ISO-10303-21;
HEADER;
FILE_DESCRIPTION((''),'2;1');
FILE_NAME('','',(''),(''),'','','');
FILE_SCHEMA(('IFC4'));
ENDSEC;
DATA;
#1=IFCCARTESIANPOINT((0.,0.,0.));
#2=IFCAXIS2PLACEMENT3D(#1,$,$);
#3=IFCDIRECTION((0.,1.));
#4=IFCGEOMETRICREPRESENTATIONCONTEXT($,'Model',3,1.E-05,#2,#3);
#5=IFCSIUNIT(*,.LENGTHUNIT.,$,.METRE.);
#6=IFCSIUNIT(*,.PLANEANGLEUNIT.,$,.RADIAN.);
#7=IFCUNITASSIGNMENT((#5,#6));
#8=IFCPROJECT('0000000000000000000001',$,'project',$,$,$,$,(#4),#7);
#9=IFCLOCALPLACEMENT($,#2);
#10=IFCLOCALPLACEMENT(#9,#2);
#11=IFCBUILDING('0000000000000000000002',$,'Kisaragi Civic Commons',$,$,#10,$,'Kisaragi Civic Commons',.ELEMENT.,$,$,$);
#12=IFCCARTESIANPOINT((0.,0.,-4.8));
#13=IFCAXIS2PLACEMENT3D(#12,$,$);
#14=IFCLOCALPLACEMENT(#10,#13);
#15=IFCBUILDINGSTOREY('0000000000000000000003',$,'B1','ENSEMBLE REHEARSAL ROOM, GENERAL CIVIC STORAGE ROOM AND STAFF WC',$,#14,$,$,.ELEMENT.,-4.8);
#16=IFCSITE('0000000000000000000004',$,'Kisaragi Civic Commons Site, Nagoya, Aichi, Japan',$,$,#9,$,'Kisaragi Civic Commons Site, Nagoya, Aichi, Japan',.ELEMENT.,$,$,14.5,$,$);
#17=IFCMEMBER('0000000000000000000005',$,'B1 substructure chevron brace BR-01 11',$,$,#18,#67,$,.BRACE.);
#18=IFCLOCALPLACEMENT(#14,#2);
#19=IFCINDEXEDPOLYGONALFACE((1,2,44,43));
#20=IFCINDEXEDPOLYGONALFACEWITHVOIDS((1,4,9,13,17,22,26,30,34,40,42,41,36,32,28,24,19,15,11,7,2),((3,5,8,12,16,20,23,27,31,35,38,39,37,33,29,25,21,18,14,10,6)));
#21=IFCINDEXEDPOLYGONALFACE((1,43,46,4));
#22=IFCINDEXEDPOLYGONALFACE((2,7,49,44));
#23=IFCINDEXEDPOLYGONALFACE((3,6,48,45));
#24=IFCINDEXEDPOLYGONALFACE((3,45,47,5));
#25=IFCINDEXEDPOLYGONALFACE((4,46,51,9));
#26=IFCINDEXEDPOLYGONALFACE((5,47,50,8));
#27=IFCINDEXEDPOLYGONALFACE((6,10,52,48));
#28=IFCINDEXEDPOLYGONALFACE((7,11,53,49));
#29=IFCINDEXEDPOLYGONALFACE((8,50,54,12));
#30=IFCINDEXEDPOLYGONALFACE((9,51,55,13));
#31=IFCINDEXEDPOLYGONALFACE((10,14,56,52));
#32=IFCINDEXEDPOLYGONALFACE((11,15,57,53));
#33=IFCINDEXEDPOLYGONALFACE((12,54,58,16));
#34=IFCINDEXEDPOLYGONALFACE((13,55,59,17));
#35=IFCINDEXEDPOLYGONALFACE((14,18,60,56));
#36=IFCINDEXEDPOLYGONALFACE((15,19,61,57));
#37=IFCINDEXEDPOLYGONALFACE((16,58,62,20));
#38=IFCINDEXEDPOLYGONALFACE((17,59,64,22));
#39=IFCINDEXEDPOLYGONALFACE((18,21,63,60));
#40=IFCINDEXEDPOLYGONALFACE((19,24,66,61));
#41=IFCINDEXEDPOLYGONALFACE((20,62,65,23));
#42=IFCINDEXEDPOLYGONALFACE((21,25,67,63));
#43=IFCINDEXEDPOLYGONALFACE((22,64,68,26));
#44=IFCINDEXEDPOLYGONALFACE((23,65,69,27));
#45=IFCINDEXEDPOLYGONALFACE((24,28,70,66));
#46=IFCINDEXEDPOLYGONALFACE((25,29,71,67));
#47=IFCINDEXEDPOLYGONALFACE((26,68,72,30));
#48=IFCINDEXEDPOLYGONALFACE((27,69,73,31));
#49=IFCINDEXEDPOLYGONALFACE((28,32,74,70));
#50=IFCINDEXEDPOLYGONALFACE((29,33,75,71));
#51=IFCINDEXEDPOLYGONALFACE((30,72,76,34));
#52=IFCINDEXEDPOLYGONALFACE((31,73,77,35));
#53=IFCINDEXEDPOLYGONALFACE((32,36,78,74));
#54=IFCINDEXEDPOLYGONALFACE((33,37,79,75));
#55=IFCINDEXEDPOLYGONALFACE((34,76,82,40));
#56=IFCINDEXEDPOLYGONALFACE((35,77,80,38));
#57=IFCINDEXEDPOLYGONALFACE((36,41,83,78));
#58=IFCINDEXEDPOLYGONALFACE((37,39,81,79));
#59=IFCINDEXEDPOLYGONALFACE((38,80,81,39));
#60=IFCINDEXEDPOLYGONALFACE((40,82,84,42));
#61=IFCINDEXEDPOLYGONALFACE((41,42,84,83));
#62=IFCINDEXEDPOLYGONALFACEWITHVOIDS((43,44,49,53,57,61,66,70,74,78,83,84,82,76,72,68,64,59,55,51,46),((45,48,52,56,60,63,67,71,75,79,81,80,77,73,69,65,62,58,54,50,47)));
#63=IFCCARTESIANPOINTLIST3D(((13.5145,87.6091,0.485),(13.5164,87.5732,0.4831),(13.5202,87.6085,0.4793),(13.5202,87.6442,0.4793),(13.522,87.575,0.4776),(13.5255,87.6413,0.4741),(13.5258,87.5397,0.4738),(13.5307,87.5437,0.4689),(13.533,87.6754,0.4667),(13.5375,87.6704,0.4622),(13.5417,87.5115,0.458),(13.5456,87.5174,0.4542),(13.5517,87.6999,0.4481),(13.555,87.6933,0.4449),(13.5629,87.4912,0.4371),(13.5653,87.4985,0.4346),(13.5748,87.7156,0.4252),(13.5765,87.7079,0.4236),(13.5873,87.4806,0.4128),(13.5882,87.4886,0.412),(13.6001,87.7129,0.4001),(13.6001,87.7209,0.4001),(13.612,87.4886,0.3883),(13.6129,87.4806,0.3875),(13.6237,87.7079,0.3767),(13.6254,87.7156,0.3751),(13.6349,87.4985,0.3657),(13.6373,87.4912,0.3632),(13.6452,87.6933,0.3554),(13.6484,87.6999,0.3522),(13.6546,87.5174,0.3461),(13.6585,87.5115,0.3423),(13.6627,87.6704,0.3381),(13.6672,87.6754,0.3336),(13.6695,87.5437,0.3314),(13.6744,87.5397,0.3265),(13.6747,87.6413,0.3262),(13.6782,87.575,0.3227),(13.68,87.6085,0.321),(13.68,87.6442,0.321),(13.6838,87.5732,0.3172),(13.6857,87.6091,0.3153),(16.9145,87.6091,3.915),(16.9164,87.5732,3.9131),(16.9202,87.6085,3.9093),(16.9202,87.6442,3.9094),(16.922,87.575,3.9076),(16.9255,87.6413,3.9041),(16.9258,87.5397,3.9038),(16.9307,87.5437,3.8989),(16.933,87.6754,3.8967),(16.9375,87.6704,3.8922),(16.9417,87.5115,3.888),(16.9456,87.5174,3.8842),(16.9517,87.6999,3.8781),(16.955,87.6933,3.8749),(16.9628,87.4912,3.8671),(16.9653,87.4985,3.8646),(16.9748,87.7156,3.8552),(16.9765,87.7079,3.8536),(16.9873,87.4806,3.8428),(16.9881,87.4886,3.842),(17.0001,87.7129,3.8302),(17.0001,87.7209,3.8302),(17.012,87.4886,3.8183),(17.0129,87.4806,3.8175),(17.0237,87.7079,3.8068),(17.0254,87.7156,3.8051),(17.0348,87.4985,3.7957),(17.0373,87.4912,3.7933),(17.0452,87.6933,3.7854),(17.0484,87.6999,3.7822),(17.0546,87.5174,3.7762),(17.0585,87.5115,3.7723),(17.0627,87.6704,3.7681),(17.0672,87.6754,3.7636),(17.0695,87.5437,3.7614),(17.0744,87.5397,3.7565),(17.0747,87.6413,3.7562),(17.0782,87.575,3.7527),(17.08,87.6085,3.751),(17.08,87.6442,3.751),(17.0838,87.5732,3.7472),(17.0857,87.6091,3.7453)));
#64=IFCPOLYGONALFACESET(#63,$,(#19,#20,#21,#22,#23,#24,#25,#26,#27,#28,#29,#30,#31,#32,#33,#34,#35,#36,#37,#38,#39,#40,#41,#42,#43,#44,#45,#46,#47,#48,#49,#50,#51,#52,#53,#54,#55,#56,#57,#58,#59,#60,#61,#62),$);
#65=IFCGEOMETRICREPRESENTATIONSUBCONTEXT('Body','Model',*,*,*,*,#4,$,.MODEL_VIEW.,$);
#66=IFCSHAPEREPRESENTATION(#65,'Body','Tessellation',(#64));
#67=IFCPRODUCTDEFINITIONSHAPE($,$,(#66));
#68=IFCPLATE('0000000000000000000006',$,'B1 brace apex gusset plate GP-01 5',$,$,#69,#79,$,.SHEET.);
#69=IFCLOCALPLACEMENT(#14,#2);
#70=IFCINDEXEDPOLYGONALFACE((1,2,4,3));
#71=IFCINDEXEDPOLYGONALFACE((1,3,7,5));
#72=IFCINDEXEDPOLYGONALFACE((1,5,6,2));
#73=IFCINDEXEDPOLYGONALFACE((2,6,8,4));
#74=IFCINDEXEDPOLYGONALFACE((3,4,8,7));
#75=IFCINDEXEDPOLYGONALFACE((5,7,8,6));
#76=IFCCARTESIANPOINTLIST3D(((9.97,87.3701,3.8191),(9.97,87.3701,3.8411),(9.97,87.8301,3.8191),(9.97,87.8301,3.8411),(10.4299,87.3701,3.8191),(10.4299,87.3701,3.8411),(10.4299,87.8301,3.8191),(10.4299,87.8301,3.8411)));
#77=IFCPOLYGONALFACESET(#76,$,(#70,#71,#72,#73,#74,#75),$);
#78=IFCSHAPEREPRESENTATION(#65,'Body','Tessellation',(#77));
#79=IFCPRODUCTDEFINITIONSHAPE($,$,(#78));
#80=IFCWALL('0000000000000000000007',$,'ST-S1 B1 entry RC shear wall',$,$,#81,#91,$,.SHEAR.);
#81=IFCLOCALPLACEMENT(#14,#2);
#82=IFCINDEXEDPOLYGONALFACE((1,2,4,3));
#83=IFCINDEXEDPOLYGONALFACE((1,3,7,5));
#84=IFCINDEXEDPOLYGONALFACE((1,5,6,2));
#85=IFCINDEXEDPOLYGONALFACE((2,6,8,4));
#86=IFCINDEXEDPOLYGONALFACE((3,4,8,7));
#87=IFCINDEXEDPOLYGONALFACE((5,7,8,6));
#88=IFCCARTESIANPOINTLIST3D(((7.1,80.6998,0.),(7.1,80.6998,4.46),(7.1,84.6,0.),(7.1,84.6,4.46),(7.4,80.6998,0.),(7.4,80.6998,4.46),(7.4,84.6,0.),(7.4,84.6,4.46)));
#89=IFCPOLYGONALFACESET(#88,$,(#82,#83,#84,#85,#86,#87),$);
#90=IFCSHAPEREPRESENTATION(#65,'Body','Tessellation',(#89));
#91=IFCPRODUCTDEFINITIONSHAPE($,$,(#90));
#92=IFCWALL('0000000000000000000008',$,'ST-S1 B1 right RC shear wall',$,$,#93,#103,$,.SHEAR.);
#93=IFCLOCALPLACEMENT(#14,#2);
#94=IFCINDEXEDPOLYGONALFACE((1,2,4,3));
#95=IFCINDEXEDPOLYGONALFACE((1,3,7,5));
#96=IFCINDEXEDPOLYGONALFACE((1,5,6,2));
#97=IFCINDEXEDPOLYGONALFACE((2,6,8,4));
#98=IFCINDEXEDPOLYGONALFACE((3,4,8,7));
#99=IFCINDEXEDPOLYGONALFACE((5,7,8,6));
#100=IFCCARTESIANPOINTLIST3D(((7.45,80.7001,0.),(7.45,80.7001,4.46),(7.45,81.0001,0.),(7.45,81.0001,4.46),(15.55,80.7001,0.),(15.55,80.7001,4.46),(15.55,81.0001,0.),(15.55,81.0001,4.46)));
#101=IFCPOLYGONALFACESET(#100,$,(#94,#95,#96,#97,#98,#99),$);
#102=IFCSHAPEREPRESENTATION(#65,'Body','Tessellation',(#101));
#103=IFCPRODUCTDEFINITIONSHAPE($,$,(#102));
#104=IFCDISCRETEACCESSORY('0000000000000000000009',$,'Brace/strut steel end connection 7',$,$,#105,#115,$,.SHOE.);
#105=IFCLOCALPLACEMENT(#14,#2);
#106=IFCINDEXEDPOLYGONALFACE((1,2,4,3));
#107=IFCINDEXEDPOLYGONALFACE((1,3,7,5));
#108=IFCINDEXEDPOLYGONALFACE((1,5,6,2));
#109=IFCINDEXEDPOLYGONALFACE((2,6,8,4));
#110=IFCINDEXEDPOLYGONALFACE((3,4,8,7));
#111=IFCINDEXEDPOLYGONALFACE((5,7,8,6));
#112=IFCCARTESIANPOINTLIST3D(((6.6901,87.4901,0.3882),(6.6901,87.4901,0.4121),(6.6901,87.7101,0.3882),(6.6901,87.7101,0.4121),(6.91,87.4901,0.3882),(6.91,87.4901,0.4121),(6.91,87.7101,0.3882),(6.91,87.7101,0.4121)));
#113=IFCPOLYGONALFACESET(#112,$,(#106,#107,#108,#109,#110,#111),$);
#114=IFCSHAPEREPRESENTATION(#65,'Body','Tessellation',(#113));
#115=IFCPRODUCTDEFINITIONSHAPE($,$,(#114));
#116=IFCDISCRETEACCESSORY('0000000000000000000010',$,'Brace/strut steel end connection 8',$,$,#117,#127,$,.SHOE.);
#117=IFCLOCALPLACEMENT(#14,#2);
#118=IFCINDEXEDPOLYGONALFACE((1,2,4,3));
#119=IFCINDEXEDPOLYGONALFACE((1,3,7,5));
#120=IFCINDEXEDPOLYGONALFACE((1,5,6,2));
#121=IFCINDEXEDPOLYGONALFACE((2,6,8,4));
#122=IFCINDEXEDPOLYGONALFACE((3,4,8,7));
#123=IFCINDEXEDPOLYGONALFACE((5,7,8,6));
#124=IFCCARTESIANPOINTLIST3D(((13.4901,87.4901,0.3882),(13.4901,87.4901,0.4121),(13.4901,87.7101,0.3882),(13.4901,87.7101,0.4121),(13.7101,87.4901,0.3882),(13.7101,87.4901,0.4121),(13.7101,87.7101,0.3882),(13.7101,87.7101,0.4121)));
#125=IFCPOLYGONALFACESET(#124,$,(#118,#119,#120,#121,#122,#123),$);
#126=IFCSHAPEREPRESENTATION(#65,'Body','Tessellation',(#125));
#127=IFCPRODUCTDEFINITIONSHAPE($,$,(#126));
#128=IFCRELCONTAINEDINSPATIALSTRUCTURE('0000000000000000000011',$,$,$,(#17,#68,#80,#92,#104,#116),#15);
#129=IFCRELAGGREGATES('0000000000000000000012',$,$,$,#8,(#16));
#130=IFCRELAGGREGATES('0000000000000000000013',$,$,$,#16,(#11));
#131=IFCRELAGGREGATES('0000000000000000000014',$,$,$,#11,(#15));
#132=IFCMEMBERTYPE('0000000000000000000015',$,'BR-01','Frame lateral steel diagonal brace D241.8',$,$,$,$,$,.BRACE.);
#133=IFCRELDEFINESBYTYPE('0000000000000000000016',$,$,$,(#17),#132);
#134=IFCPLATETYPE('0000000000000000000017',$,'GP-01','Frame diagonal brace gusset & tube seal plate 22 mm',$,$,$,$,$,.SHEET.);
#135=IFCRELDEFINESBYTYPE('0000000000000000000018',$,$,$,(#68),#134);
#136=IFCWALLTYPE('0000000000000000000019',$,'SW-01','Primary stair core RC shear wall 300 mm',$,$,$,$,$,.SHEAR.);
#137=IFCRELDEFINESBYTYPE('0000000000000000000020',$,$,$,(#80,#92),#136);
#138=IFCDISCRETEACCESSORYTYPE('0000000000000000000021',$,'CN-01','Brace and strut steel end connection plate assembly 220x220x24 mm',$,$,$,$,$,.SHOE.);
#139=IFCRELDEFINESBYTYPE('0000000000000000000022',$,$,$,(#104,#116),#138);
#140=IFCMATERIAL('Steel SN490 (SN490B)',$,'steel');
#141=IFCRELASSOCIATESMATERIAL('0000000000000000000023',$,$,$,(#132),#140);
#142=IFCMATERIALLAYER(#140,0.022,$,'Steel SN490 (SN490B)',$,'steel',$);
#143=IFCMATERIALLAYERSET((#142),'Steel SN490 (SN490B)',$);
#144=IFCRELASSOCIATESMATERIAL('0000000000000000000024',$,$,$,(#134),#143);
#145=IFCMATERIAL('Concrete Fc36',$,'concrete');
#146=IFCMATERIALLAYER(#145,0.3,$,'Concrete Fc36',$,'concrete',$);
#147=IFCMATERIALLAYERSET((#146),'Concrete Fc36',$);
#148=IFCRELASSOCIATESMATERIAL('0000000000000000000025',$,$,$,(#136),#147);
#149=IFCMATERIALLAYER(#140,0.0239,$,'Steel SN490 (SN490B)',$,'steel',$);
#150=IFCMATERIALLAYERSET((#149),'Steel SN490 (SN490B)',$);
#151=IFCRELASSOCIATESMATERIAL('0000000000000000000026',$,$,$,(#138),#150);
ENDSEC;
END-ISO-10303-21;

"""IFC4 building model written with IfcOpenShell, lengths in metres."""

from ifc_helpers import new_model, si_unit, direction, frame, frame_2d, origin, origin_2d, place, context, subcontext, project, spatial, rectangle, hollow_circle, extrude, material, layer, layer_set, material_profile, profile_set, type_object, element, save


model = new_model("IFC4")

# Units and contexts
model_context = context("Model", 3, precision=1e-05, world=origin(), true_north=direction((0.0, 1.0)))
body_context = subcontext(model_context, "Body", "Model", "MODEL_VIEW")
ifc_project = project(units=[si_unit("LENGTHUNIT", "METRE"), si_unit("PLANEANGLEUNIT", "RADIAN")], contexts=[model_context])

# Site, building, storey
site_placement = place(None, origin())
site = spatial("IfcSite", under=ifc_project, at=site_placement, Name="Kisaragi Civic Commons Site, Nagoya, Aichi, Japan", LongName="Kisaragi Civic Commons Site, Nagoya, Aichi, Japan", CompositionType="ELEMENT", RefElevation=14.5)
building_placement = place(site_placement, origin())
building = spatial("IfcBuilding", under=site, at=building_placement, Name="Kisaragi Civic Commons", LongName="Kisaragi Civic Commons", CompositionType="ELEMENT")
storey_placement = place(building_placement, frame((0.0, 0.0, -4.8)))
storey = spatial("IfcBuildingStorey", under=building, at=storey_placement, Name="B1", Description="ENSEMBLE REHEARSAL ROOM, GENERAL CIVIC STORAGE ROOM AND STAFF WC", CompositionType="ELEMENT", Elevation=-4.8)

# Shared definitions
ifc_material_1 = material(Name="Concrete Fc36", Category="concrete")

# Member
ifc_material_2 = material(Name="Steel SN490 (SN490B)", Category="steel")
ifc_material_profile_1 = material_profile(ifc_material_2, hollow_circle(Radius=0.1208, WallThickness=0.0081, at=origin_2d()), Name="CHS-241.8x8.0", Category="steel")
ifc_profile_set_1 = profile_set([ifc_material_profile_1], Name="Steel SN490 (SN490B)")
member_type = type_object("IfcMemberType", Name="BR-01", Description="Frame lateral steel diagonal brace D241.8", PredefinedType="BRACE", material=ifc_profile_set_1)
for number, where, z_axis, x_axis, name in (
    (1, (13.6001, 87.6001, 0.4001), (0.703991, 0.0, 0.710209), (0.0, 1.0, 0.0), "B1 substructure chevron brace BR-01 11"),
):
    element("IfcMember", number, at=place(storey_placement, frame(where, z_axis=z_axis, x_axis=x_axis)), inside=storey, type_object=member_type, Name=name, PredefinedType="BRACE", context=body_context, shape_type="SweptSolid", body=[
        extrude(hollow_circle(Radius=0.1208, WallThickness=0.0081, at=origin_2d()), origin(), (0.0, 0.0, 1.0), 4.8296),
    ])

# Plate
ifc_layer_1 = layer(ifc_material_2, 0.022, Name="Steel SN490 (SN490B)", Category="steel")
ifc_layer_set_1 = layer_set([ifc_layer_1], Name="Steel SN490 (SN490B)")
plate_type = type_object("IfcPlateType", Name="GP-01", Description="Frame diagonal brace gusset & tube seal plate 22 mm", PredefinedType="SHEET", material=ifc_layer_set_1)
plate_placement = place(storey_placement, frame((10.2, 87.6001, 3.8191), z_axis=(0.0, 0.0, 1.0), x_axis=(1.0, 0.0, 0.0)))
element("IfcPlate", 2, at=plate_placement, inside=storey, type_object=plate_type, Name="B1 brace apex gusset plate GP-01 5", PredefinedType="SHEET", context=body_context, shape_type="SweptSolid", body=[
    extrude(rectangle(XDim=0.46, YDim=0.46, at=origin_2d()), origin(), (0.0, 0.0, 1.0), 0.022),
])

# Walls
ifc_layer_2 = layer(ifc_material_1, 0.3, Name="Concrete Fc36", Category="concrete")
ifc_layer_set_2 = layer_set([ifc_layer_2], Name="Concrete Fc36")
wall_type = type_object("IfcWallType", Name="SW-01", Description="Primary stair core RC shear wall 300 mm", PredefinedType="SHEAR", material=ifc_layer_set_2)
wall_1_placement = place(storey_placement, frame((7.25, 84.6001, 0.0), z_axis=(0.0, 0.0, 1.0), x_axis=(0.0, -1.0, 0.0)))
element("IfcWall", 3, at=wall_1_placement, inside=storey, type_object=wall_type, Name="ST-S1 B1 entry RC shear wall", PredefinedType="SHEAR", context=body_context, shape_type="SweptSolid", body=[
    extrude(rectangle(XDim=3.9001, YDim=0.3, at=frame_2d((1.9502, 0.0))), origin(), (0.0, 0.0, 1.0), 4.46),
])
wall_2_placement = place(storey_placement, frame((7.45, 80.8501, 0.0), z_axis=(0.0, 0.0, 1.0), x_axis=(1.0, 0.0, 0.0)))
element("IfcWall", 4, at=wall_2_placement, inside=storey, type_object=wall_type, Name="ST-S1 B1 right RC shear wall", PredefinedType="SHEAR", context=body_context, shape_type="SweptSolid", body=[
    extrude(rectangle(XDim=8.1001, YDim=0.3, at=frame_2d((4.05, 0.0))), origin(), (0.0, 0.0, 1.0), 4.46),
])

# Discrete accessories
ifc_layer_3 = layer(ifc_material_2, 0.0239, Name="Steel SN490 (SN490B)", Category="steel")
ifc_layer_set_3 = layer_set([ifc_layer_3], Name="Steel SN490 (SN490B)")
discrete_accessory_type = type_object("IfcDiscreteAccessoryType", Name="CN-01", Description="Brace and strut steel end connection plate assembly 220x220x24 mm", PredefinedType="SHOE", material=ifc_layer_set_3)
for number, where, z_axis, x_axis, name in (
    (5, (6.8, 87.6001, 0.3882), (0.0, 0.0, 1.0), (1.0, 0.0, 0.0), "Brace/strut steel end connection 7"),
    (6, (13.6001, 87.6001, 0.3882), (0.0, 0.0, 1.0), (1.0, 0.0, 0.0), "Brace/strut steel end connection 8"),
):
    element("IfcDiscreteAccessory", number, at=place(storey_placement, frame(where, z_axis=z_axis, x_axis=x_axis)), inside=storey, type_object=discrete_accessory_type, Name=name, PredefinedType="SHOE", context=body_context, shape_type="SweptSolid", body=[
        extrude(rectangle(XDim=0.22, YDim=0.22, at=origin_2d()), origin(), (0.0, 0.0, 1.0), 0.0239),
    ])

save(model, "model.ifc")
